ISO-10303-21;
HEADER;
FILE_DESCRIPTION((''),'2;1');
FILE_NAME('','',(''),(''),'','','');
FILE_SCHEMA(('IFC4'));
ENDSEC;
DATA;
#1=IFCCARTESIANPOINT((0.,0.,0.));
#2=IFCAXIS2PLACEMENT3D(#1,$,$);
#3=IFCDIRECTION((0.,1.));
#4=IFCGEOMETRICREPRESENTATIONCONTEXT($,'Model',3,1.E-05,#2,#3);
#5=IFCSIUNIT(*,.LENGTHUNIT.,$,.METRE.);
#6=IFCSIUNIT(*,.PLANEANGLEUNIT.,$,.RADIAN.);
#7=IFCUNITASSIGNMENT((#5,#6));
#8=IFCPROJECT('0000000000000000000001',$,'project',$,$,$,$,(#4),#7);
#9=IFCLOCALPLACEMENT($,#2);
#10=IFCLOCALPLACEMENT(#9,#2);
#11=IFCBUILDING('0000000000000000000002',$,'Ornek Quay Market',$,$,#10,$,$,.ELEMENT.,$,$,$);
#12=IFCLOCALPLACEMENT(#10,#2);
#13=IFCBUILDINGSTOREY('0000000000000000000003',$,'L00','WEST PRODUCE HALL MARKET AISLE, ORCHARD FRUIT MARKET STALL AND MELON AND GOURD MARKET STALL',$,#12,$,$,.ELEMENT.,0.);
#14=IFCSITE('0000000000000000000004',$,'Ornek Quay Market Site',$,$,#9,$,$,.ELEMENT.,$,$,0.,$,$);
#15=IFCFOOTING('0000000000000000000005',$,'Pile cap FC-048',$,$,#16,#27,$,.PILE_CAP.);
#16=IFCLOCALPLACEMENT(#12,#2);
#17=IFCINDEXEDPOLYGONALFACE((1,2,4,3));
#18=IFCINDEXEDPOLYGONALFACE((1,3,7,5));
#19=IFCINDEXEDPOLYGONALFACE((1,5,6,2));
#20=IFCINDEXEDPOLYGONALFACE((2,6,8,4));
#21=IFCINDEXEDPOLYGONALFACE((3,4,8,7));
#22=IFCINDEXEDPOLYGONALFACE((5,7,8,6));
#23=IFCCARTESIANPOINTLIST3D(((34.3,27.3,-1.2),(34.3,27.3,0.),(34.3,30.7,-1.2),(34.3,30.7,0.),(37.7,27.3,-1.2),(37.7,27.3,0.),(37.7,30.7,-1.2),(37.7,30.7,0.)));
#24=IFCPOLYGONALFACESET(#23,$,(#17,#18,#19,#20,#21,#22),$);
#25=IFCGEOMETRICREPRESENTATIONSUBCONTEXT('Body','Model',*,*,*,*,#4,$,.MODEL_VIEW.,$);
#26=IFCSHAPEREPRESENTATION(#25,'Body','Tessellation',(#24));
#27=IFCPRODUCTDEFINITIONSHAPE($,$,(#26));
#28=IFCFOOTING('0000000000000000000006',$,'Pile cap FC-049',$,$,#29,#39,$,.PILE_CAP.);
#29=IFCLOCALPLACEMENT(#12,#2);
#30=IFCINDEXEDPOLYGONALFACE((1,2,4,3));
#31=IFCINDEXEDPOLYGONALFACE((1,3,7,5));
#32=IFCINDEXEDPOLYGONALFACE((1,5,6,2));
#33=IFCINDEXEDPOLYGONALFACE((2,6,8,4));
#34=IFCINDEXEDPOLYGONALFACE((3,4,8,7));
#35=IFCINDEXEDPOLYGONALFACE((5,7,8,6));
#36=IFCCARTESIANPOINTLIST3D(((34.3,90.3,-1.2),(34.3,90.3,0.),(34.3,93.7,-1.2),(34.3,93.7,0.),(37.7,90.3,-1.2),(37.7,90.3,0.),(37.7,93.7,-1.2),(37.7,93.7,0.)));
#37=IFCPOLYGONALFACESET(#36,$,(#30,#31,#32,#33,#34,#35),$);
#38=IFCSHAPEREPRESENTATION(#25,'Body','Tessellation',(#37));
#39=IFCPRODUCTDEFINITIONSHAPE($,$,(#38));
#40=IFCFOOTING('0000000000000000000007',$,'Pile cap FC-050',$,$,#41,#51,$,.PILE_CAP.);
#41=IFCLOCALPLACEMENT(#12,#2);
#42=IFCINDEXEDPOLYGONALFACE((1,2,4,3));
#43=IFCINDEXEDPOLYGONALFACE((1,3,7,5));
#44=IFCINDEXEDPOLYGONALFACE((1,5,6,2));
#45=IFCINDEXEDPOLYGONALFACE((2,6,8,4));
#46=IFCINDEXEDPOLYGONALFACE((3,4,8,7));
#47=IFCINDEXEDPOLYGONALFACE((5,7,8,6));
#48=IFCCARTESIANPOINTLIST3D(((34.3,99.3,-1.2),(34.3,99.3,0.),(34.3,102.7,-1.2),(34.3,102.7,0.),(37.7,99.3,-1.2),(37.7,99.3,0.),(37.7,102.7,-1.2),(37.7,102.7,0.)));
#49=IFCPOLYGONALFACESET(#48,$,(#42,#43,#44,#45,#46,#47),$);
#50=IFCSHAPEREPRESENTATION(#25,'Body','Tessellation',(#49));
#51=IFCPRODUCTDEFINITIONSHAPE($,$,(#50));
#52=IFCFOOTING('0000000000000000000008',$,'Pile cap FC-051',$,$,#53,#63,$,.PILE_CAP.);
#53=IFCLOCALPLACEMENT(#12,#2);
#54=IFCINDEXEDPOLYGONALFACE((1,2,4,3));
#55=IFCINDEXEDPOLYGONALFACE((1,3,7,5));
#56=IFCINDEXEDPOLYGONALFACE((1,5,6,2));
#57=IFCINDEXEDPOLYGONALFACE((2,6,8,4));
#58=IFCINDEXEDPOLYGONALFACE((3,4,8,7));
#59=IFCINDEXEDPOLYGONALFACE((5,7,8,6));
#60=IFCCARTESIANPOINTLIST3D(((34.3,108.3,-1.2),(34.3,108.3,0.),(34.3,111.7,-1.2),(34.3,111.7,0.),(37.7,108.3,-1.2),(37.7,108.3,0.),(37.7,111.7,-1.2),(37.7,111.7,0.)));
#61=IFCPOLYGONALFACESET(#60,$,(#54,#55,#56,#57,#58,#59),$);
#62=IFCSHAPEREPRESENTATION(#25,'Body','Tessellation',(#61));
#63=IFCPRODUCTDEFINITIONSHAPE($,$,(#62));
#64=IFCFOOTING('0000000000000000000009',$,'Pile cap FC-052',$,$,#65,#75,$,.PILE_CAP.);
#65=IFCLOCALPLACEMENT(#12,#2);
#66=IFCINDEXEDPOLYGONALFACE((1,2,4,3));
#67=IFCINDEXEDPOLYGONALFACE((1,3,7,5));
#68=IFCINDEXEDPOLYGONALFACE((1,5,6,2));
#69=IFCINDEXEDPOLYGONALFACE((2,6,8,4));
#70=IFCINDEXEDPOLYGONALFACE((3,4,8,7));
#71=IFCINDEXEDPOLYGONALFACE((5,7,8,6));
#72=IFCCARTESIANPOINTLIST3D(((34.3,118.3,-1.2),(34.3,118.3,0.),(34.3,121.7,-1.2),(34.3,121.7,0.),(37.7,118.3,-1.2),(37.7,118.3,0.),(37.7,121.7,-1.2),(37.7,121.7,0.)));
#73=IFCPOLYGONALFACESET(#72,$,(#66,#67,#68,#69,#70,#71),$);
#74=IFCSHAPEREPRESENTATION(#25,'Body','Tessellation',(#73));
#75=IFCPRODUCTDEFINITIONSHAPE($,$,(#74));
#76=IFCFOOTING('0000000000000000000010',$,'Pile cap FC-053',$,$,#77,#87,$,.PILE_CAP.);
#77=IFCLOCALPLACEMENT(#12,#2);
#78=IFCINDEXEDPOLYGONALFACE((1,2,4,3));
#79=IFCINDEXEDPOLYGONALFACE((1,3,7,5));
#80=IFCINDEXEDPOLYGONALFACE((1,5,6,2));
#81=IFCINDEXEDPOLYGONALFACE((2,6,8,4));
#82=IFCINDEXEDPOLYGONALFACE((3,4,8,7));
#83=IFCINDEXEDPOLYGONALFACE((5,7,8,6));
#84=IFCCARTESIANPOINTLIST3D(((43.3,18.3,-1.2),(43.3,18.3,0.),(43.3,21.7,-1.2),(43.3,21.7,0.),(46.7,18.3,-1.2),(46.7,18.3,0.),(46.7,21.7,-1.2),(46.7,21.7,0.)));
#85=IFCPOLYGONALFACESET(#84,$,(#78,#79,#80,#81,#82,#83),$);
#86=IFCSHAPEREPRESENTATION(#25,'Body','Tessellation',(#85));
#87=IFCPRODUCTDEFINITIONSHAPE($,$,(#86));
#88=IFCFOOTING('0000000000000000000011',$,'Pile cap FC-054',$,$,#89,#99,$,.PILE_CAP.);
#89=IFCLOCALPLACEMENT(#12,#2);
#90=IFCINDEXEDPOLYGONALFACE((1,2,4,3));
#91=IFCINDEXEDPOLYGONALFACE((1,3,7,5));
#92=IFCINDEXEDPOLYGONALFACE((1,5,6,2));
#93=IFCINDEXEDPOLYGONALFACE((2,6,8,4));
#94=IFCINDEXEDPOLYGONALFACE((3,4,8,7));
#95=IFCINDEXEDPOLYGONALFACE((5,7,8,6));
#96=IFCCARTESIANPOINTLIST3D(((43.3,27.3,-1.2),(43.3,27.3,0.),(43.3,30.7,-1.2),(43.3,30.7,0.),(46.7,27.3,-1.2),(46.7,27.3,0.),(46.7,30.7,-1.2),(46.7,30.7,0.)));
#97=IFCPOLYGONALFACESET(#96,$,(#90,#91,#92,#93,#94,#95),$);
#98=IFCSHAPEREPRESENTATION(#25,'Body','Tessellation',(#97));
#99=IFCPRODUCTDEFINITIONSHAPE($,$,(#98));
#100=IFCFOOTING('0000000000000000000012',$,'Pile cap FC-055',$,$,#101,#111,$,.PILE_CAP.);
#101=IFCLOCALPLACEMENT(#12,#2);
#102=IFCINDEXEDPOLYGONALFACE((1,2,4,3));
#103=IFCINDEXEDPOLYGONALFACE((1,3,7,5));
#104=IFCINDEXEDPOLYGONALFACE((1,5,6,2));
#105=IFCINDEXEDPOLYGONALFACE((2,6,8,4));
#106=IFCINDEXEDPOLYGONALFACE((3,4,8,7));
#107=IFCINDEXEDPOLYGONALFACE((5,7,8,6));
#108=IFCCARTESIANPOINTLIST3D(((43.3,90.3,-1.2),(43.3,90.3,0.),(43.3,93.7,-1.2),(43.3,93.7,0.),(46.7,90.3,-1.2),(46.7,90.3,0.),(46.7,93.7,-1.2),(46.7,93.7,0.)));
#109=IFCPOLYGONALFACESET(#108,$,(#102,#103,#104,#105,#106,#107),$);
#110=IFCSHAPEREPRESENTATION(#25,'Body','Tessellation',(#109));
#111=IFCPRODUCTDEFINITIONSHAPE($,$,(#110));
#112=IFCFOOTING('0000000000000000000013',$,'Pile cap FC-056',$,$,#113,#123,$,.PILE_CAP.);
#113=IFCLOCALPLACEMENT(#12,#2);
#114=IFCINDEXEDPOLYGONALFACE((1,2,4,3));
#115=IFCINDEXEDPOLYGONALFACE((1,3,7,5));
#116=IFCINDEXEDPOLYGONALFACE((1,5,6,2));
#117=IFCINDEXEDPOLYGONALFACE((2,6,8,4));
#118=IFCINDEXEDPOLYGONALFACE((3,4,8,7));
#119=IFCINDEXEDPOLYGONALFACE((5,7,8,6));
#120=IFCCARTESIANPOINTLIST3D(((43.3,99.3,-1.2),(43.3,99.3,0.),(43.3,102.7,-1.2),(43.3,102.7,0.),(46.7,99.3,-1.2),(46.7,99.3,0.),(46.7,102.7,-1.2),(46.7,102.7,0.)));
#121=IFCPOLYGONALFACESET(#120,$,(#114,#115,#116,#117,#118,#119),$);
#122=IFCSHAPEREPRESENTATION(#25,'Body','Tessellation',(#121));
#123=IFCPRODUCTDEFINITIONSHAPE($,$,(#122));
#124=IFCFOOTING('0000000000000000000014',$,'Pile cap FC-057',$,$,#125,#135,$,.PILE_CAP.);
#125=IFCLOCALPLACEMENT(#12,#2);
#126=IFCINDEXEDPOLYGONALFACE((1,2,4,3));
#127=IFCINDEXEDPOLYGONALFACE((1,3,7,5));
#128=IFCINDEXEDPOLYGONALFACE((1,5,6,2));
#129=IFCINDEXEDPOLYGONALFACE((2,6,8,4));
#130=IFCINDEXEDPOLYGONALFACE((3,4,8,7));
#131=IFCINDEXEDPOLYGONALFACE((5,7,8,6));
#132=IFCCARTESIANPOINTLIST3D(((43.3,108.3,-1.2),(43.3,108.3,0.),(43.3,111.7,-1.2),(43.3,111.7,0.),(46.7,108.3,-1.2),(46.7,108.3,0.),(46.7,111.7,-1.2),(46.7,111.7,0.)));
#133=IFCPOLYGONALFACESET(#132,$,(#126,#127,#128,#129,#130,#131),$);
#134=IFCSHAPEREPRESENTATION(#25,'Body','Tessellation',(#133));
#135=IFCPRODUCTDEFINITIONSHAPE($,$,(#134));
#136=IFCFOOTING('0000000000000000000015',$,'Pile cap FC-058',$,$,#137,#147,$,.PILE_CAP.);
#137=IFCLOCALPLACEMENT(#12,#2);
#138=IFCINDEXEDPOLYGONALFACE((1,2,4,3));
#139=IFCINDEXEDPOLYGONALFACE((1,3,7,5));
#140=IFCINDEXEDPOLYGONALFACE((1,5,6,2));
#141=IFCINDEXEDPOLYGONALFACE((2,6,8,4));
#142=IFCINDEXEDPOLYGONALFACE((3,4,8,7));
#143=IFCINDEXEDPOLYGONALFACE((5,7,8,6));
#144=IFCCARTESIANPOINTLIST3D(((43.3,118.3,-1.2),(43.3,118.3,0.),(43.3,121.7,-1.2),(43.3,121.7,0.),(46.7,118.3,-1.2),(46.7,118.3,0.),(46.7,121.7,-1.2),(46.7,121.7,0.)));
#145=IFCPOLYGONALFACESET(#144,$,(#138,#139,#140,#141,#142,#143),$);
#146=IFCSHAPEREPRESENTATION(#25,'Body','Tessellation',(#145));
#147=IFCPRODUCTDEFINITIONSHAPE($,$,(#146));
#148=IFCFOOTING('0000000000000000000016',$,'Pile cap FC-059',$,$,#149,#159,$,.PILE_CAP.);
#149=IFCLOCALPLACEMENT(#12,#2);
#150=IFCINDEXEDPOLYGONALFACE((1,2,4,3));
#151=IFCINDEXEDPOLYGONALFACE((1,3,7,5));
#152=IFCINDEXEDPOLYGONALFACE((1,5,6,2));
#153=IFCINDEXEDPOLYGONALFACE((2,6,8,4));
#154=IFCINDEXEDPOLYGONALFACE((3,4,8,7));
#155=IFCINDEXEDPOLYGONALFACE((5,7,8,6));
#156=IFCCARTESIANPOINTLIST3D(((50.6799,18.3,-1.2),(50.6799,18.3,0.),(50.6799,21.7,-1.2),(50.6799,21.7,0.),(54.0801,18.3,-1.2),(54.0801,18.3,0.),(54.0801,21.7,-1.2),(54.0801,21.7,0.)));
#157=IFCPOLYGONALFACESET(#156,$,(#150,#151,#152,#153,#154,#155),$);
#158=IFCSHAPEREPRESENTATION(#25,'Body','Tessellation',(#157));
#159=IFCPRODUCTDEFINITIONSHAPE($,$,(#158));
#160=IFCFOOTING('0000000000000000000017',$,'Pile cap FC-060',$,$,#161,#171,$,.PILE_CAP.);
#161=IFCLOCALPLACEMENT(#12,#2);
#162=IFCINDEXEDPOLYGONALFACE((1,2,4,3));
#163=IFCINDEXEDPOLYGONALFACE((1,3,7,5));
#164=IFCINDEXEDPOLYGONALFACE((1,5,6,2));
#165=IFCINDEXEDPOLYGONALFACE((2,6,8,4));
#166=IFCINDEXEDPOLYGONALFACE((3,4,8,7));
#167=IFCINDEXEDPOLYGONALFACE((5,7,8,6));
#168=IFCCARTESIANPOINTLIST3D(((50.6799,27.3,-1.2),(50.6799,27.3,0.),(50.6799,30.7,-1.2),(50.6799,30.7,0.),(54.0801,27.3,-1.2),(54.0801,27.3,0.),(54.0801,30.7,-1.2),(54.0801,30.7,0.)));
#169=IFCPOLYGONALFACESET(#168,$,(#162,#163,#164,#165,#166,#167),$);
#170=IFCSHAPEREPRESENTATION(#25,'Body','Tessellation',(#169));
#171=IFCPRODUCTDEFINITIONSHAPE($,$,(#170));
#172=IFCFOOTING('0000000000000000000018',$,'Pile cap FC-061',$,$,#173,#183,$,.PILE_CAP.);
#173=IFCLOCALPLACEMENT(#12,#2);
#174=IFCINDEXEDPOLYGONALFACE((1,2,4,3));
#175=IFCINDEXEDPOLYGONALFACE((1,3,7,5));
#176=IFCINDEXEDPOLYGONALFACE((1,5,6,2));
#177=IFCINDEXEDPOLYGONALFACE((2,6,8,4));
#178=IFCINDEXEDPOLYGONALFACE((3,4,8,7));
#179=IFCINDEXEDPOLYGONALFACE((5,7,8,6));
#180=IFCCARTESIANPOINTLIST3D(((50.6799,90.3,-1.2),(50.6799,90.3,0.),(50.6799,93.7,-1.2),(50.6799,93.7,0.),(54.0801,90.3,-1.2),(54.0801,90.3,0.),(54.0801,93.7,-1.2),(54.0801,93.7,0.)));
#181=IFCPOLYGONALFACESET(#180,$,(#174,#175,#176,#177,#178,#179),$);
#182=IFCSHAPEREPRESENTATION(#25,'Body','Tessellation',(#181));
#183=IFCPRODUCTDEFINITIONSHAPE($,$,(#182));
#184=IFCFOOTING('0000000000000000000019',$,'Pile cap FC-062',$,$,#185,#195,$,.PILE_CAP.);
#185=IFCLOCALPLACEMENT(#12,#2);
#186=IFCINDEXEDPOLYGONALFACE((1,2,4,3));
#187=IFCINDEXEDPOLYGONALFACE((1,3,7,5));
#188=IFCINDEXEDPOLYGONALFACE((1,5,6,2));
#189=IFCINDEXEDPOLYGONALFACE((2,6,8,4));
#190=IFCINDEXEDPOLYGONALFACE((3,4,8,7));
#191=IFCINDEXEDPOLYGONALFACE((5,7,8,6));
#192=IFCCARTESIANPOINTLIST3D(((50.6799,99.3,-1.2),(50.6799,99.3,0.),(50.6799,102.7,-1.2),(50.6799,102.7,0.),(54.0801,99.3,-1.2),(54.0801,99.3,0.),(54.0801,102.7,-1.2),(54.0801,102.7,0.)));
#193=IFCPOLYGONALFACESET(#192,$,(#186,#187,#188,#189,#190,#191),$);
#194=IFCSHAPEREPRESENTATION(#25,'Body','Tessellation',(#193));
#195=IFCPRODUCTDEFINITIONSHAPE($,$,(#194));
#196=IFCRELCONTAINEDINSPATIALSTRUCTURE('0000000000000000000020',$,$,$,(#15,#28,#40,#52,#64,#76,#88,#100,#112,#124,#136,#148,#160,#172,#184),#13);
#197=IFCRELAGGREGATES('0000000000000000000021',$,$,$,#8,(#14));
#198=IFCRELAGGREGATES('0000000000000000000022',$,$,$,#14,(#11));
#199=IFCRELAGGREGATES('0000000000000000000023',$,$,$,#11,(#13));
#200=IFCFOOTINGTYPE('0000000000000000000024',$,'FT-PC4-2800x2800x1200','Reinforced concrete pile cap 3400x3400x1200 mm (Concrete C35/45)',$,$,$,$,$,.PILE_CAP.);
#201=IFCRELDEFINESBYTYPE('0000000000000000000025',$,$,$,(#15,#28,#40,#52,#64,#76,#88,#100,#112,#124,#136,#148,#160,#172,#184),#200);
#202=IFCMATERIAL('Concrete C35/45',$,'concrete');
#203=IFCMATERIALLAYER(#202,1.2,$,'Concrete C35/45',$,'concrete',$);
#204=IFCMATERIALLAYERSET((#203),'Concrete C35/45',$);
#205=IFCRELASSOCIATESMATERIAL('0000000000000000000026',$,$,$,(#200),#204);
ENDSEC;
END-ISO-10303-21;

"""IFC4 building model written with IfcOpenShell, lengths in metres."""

from ifc_helpers import new_model, si_unit, direction, frame, origin, place, context, subcontext, project, spatial, polyline, outline, extrude, material, layer, layer_set, type_object, element, save


model = new_model("IFC4")

# Units and contexts
model_context = context("Model", 3, precision=1e-05, world=origin(), true_north=direction((0.0, 1.0)))
body_context = subcontext(model_context, "Body", "Model", "MODEL_VIEW")
ifc_project = project(units=[si_unit("LENGTHUNIT", "METRE"), si_unit("PLANEANGLEUNIT", "RADIAN")], contexts=[model_context])

# Site, building, storey
site_placement = place(None, origin())
site = spatial("IfcSite", under=ifc_project, at=site_placement, Name="Ornek Quay Market Site", CompositionType="ELEMENT", RefElevation=0.0)
building_placement = place(site_placement, origin())
building = spatial("IfcBuilding", under=site, at=building_placement, Name="Ornek Quay Market", CompositionType="ELEMENT")
storey_placement = place(building_placement, origin())
storey = spatial("IfcBuildingStorey", under=building, at=storey_placement, Name="L00", Description="WEST PRODUCE HALL MARKET AISLE, ORCHARD FRUIT MARKET STALL AND MELON AND GOURD MARKET STALL", CompositionType="ELEMENT", Elevation=0.0)

# Footings
ifc_material = material(Name="Concrete C35/45", Category="concrete")
ifc_layer = layer(ifc_material, 1.2, Name="Concrete C35/45", Category="concrete")
ifc_layer_set = layer_set([ifc_layer], Name="Concrete C35/45")
footing_type = type_object("IfcFootingType", Name="FT-PC4-2800x2800x1200", Description="Reinforced concrete pile cap 3400x3400x1200 mm (Concrete C35/45)", PredefinedType="PILE_CAP", material=ifc_layer_set)
footing_1_placement = place(storey_placement, frame((0.0, 0.0, -1.2)))
element("IfcFooting", 1, at=footing_1_placement, inside=storey, type_object=footing_type, Name="Pile cap FC-048", PredefinedType="PILE_CAP", context=body_context, shape_type="SweptSolid", body=[
    extrude(outline(polyline([(34.3, 27.3), (37.7, 27.3), (37.7, 30.7), (34.3, 30.7), (34.3, 27.3)])), origin(), (0.0, 0.0, 1.0), 1.2),
])
footing_2_placement = place(storey_placement, frame((0.0, 0.0, -1.2)))
element("IfcFooting", 2, at=footing_2_placement, inside=storey, type_object=footing_type, Name="Pile cap FC-049", PredefinedType="PILE_CAP", context=body_context, shape_type="SweptSolid", body=[
    extrude(outline(polyline([(34.3, 90.3), (37.7, 90.3), (37.7, 93.7), (34.3, 93.7), (34.3, 90.3)])), origin(), (0.0, 0.0, 1.0), 1.2),
])
footing_3_placement = place(storey_placement, frame((0.0, 0.0, -1.2)))
element("IfcFooting", 3, at=footing_3_placement, inside=storey, type_object=footing_type, Name="Pile cap FC-050", PredefinedType="PILE_CAP", context=body_context, shape_type="SweptSolid", body=[
    extrude(outline(polyline([(34.3, 99.3), (37.7, 99.3), (37.7, 102.7), (34.3, 102.7), (34.3, 99.3)])), origin(), (0.0, 0.0, 1.0), 1.2),
])
footing_4_placement = place(storey_placement, frame((0.0, 0.0, -1.2)))
element("IfcFooting", 4, at=footing_4_placement, inside=storey, type_object=footing_type, Name="Pile cap FC-051", PredefinedType="PILE_CAP", context=body_context, shape_type="SweptSolid", body=[
    extrude(outline(polyline([(34.3, 108.3), (37.7, 108.3), (37.7, 111.7), (34.3, 111.7), (34.3, 108.3)])), origin(), (0.0, 0.0, 1.0), 1.2),
])
footing_5_placement = place(storey_placement, frame((0.0, 0.0, -1.2)))
element("IfcFooting", 5, at=footing_5_placement, inside=storey, type_object=footing_type, Name="Pile cap FC-052", PredefinedType="PILE_CAP", context=body_context, shape_type="SweptSolid", body=[
    extrude(outline(polyline([(34.3, 118.3), (37.7, 118.3), (37.7, 121.7), (34.3, 121.7), (34.3, 118.3)])), origin(), (0.0, 0.0, 1.0), 1.2),
])
footing_6_placement = place(storey_placement, frame((0.0, 0.0, -1.2)))
element("IfcFooting", 6, at=footing_6_placement, inside=storey, type_object=footing_type, Name="Pile cap FC-053", PredefinedType="PILE_CAP", context=body_context, shape_type="SweptSolid", body=[
    extrude(outline(polyline([(43.3, 18.3), (46.7, 18.3), (46.7, 21.7), (43.3, 21.7), (43.3, 18.3)])), origin(), (0.0, 0.0, 1.0), 1.2),
])
footing_7_placement = place(storey_placement, frame((0.0, 0.0, -1.2)))
element("IfcFooting", 7, at=footing_7_placement, inside=storey, type_object=footing_type, Name="Pile cap FC-054", PredefinedType="PILE_CAP", context=body_context, shape_type="SweptSolid", body=[
    extrude(outline(polyline([(43.3, 27.3), (46.7, 27.3), (46.7, 30.7), (43.3, 30.7), (43.3, 27.3)])), origin(), (0.0, 0.0, 1.0), 1.2),
])
footing_8_placement = place(storey_placement, frame((0.0, 0.0, -1.2)))
element("IfcFooting", 8, at=footing_8_placement, inside=storey, type_object=footing_type, Name="Pile cap FC-055", PredefinedType="PILE_CAP", context=body_context, shape_type="SweptSolid", body=[
    extrude(outline(polyline([(43.3, 90.3), (46.7, 90.3), (46.7, 93.7), (43.3, 93.7), (43.3, 90.3)])), origin(), (0.0, 0.0, 1.0), 1.2),
])
footing_9_placement = place(storey_placement, frame((0.0, 0.0, -1.2)))
element("IfcFooting", 9, at=footing_9_placement, inside=storey, type_object=footing_type, Name="Pile cap FC-056", PredefinedType="PILE_CAP", context=body_context, shape_type="SweptSolid", body=[
    extrude(outline(polyline([(43.3, 99.3), (46.7, 99.3), (46.7, 102.7), (43.3, 102.7), (43.3, 99.3)])), origin(), (0.0, 0.0, 1.0), 1.2),
])
footing_10_placement = place(storey_placement, frame((0.0, 0.0, -1.2)))
element("IfcFooting", 10, at=footing_10_placement, inside=storey, type_object=footing_type, Name="Pile cap FC-057", PredefinedType="PILE_CAP", context=body_context, shape_type="SweptSolid", body=[
    extrude(outline(polyline([(43.3, 108.3), (46.7, 108.3), (46.7, 111.7), (43.3, 111.7), (43.3, 108.3)])), origin(), (0.0, 0.0, 1.0), 1.2),
])
footing_11_placement = place(storey_placement, frame((0.0, 0.0, -1.2)))
element("IfcFooting", 11, at=footing_11_placement, inside=storey, type_object=footing_type, Name="Pile cap FC-058", PredefinedType="PILE_CAP", context=body_context, shape_type="SweptSolid", body=[
    extrude(outline(polyline([(43.3, 118.3), (46.7, 118.3), (46.7, 121.7), (43.3, 121.7), (43.3, 118.3)])), origin(), (0.0, 0.0, 1.0), 1.2),
])
footing_12_placement = place(storey_placement, frame((0.0, 0.0, -1.2)))
element("IfcFooting", 12, at=footing_12_placement, inside=storey, type_object=footing_type, Name="Pile cap FC-059", PredefinedType="PILE_CAP", context=body_context, shape_type="SweptSolid", body=[
    extrude(outline(polyline([(50.6799, 18.3), (54.0801, 18.3), (54.0801, 21.7), (50.6799, 21.7), (50.6799, 18.3)])), origin(), (0.0, 0.0, 1.0), 1.2),
])
footing_13_placement = place(storey_placement, frame((0.0, 0.0, -1.2)))
element("IfcFooting", 13, at=footing_13_placement, inside=storey, type_object=footing_type, Name="Pile cap FC-060", PredefinedType="PILE_CAP", context=body_context, shape_type="SweptSolid", body=[
    extrude(outline(polyline([(50.6799, 27.3), (54.0801, 27.3), (54.0801, 30.7), (50.6799, 30.7), (50.6799, 27.3)])), origin(), (0.0, 0.0, 1.0), 1.2),
])
footing_14_placement = place(storey_placement, frame((0.0, 0.0, -1.2)))
element("IfcFooting", 14, at=footing_14_placement, inside=storey, type_object=footing_type, Name="Pile cap FC-061", PredefinedType="PILE_CAP", context=body_context, shape_type="SweptSolid", body=[
    extrude(outline(polyline([(50.6799, 90.3), (54.0801, 90.3), (54.0801, 93.7), (50.6799, 93.7), (50.6799, 90.3)])), origin(), (0.0, 0.0, 1.0), 1.2),
])
footing_15_placement = place(storey_placement, frame((0.0, 0.0, -1.2)))
element("IfcFooting", 15, at=footing_15_placement, inside=storey, type_object=footing_type, Name="Pile cap FC-062", PredefinedType="PILE_CAP", context=body_context, shape_type="SweptSolid", body=[
    extrude(outline(polyline([(50.6799, 99.3), (54.0801, 99.3), (54.0801, 102.7), (50.6799, 102.7), (50.6799, 99.3)])), origin(), (0.0, 0.0, 1.0), 1.2),
])

save(model, "model.ifc")
